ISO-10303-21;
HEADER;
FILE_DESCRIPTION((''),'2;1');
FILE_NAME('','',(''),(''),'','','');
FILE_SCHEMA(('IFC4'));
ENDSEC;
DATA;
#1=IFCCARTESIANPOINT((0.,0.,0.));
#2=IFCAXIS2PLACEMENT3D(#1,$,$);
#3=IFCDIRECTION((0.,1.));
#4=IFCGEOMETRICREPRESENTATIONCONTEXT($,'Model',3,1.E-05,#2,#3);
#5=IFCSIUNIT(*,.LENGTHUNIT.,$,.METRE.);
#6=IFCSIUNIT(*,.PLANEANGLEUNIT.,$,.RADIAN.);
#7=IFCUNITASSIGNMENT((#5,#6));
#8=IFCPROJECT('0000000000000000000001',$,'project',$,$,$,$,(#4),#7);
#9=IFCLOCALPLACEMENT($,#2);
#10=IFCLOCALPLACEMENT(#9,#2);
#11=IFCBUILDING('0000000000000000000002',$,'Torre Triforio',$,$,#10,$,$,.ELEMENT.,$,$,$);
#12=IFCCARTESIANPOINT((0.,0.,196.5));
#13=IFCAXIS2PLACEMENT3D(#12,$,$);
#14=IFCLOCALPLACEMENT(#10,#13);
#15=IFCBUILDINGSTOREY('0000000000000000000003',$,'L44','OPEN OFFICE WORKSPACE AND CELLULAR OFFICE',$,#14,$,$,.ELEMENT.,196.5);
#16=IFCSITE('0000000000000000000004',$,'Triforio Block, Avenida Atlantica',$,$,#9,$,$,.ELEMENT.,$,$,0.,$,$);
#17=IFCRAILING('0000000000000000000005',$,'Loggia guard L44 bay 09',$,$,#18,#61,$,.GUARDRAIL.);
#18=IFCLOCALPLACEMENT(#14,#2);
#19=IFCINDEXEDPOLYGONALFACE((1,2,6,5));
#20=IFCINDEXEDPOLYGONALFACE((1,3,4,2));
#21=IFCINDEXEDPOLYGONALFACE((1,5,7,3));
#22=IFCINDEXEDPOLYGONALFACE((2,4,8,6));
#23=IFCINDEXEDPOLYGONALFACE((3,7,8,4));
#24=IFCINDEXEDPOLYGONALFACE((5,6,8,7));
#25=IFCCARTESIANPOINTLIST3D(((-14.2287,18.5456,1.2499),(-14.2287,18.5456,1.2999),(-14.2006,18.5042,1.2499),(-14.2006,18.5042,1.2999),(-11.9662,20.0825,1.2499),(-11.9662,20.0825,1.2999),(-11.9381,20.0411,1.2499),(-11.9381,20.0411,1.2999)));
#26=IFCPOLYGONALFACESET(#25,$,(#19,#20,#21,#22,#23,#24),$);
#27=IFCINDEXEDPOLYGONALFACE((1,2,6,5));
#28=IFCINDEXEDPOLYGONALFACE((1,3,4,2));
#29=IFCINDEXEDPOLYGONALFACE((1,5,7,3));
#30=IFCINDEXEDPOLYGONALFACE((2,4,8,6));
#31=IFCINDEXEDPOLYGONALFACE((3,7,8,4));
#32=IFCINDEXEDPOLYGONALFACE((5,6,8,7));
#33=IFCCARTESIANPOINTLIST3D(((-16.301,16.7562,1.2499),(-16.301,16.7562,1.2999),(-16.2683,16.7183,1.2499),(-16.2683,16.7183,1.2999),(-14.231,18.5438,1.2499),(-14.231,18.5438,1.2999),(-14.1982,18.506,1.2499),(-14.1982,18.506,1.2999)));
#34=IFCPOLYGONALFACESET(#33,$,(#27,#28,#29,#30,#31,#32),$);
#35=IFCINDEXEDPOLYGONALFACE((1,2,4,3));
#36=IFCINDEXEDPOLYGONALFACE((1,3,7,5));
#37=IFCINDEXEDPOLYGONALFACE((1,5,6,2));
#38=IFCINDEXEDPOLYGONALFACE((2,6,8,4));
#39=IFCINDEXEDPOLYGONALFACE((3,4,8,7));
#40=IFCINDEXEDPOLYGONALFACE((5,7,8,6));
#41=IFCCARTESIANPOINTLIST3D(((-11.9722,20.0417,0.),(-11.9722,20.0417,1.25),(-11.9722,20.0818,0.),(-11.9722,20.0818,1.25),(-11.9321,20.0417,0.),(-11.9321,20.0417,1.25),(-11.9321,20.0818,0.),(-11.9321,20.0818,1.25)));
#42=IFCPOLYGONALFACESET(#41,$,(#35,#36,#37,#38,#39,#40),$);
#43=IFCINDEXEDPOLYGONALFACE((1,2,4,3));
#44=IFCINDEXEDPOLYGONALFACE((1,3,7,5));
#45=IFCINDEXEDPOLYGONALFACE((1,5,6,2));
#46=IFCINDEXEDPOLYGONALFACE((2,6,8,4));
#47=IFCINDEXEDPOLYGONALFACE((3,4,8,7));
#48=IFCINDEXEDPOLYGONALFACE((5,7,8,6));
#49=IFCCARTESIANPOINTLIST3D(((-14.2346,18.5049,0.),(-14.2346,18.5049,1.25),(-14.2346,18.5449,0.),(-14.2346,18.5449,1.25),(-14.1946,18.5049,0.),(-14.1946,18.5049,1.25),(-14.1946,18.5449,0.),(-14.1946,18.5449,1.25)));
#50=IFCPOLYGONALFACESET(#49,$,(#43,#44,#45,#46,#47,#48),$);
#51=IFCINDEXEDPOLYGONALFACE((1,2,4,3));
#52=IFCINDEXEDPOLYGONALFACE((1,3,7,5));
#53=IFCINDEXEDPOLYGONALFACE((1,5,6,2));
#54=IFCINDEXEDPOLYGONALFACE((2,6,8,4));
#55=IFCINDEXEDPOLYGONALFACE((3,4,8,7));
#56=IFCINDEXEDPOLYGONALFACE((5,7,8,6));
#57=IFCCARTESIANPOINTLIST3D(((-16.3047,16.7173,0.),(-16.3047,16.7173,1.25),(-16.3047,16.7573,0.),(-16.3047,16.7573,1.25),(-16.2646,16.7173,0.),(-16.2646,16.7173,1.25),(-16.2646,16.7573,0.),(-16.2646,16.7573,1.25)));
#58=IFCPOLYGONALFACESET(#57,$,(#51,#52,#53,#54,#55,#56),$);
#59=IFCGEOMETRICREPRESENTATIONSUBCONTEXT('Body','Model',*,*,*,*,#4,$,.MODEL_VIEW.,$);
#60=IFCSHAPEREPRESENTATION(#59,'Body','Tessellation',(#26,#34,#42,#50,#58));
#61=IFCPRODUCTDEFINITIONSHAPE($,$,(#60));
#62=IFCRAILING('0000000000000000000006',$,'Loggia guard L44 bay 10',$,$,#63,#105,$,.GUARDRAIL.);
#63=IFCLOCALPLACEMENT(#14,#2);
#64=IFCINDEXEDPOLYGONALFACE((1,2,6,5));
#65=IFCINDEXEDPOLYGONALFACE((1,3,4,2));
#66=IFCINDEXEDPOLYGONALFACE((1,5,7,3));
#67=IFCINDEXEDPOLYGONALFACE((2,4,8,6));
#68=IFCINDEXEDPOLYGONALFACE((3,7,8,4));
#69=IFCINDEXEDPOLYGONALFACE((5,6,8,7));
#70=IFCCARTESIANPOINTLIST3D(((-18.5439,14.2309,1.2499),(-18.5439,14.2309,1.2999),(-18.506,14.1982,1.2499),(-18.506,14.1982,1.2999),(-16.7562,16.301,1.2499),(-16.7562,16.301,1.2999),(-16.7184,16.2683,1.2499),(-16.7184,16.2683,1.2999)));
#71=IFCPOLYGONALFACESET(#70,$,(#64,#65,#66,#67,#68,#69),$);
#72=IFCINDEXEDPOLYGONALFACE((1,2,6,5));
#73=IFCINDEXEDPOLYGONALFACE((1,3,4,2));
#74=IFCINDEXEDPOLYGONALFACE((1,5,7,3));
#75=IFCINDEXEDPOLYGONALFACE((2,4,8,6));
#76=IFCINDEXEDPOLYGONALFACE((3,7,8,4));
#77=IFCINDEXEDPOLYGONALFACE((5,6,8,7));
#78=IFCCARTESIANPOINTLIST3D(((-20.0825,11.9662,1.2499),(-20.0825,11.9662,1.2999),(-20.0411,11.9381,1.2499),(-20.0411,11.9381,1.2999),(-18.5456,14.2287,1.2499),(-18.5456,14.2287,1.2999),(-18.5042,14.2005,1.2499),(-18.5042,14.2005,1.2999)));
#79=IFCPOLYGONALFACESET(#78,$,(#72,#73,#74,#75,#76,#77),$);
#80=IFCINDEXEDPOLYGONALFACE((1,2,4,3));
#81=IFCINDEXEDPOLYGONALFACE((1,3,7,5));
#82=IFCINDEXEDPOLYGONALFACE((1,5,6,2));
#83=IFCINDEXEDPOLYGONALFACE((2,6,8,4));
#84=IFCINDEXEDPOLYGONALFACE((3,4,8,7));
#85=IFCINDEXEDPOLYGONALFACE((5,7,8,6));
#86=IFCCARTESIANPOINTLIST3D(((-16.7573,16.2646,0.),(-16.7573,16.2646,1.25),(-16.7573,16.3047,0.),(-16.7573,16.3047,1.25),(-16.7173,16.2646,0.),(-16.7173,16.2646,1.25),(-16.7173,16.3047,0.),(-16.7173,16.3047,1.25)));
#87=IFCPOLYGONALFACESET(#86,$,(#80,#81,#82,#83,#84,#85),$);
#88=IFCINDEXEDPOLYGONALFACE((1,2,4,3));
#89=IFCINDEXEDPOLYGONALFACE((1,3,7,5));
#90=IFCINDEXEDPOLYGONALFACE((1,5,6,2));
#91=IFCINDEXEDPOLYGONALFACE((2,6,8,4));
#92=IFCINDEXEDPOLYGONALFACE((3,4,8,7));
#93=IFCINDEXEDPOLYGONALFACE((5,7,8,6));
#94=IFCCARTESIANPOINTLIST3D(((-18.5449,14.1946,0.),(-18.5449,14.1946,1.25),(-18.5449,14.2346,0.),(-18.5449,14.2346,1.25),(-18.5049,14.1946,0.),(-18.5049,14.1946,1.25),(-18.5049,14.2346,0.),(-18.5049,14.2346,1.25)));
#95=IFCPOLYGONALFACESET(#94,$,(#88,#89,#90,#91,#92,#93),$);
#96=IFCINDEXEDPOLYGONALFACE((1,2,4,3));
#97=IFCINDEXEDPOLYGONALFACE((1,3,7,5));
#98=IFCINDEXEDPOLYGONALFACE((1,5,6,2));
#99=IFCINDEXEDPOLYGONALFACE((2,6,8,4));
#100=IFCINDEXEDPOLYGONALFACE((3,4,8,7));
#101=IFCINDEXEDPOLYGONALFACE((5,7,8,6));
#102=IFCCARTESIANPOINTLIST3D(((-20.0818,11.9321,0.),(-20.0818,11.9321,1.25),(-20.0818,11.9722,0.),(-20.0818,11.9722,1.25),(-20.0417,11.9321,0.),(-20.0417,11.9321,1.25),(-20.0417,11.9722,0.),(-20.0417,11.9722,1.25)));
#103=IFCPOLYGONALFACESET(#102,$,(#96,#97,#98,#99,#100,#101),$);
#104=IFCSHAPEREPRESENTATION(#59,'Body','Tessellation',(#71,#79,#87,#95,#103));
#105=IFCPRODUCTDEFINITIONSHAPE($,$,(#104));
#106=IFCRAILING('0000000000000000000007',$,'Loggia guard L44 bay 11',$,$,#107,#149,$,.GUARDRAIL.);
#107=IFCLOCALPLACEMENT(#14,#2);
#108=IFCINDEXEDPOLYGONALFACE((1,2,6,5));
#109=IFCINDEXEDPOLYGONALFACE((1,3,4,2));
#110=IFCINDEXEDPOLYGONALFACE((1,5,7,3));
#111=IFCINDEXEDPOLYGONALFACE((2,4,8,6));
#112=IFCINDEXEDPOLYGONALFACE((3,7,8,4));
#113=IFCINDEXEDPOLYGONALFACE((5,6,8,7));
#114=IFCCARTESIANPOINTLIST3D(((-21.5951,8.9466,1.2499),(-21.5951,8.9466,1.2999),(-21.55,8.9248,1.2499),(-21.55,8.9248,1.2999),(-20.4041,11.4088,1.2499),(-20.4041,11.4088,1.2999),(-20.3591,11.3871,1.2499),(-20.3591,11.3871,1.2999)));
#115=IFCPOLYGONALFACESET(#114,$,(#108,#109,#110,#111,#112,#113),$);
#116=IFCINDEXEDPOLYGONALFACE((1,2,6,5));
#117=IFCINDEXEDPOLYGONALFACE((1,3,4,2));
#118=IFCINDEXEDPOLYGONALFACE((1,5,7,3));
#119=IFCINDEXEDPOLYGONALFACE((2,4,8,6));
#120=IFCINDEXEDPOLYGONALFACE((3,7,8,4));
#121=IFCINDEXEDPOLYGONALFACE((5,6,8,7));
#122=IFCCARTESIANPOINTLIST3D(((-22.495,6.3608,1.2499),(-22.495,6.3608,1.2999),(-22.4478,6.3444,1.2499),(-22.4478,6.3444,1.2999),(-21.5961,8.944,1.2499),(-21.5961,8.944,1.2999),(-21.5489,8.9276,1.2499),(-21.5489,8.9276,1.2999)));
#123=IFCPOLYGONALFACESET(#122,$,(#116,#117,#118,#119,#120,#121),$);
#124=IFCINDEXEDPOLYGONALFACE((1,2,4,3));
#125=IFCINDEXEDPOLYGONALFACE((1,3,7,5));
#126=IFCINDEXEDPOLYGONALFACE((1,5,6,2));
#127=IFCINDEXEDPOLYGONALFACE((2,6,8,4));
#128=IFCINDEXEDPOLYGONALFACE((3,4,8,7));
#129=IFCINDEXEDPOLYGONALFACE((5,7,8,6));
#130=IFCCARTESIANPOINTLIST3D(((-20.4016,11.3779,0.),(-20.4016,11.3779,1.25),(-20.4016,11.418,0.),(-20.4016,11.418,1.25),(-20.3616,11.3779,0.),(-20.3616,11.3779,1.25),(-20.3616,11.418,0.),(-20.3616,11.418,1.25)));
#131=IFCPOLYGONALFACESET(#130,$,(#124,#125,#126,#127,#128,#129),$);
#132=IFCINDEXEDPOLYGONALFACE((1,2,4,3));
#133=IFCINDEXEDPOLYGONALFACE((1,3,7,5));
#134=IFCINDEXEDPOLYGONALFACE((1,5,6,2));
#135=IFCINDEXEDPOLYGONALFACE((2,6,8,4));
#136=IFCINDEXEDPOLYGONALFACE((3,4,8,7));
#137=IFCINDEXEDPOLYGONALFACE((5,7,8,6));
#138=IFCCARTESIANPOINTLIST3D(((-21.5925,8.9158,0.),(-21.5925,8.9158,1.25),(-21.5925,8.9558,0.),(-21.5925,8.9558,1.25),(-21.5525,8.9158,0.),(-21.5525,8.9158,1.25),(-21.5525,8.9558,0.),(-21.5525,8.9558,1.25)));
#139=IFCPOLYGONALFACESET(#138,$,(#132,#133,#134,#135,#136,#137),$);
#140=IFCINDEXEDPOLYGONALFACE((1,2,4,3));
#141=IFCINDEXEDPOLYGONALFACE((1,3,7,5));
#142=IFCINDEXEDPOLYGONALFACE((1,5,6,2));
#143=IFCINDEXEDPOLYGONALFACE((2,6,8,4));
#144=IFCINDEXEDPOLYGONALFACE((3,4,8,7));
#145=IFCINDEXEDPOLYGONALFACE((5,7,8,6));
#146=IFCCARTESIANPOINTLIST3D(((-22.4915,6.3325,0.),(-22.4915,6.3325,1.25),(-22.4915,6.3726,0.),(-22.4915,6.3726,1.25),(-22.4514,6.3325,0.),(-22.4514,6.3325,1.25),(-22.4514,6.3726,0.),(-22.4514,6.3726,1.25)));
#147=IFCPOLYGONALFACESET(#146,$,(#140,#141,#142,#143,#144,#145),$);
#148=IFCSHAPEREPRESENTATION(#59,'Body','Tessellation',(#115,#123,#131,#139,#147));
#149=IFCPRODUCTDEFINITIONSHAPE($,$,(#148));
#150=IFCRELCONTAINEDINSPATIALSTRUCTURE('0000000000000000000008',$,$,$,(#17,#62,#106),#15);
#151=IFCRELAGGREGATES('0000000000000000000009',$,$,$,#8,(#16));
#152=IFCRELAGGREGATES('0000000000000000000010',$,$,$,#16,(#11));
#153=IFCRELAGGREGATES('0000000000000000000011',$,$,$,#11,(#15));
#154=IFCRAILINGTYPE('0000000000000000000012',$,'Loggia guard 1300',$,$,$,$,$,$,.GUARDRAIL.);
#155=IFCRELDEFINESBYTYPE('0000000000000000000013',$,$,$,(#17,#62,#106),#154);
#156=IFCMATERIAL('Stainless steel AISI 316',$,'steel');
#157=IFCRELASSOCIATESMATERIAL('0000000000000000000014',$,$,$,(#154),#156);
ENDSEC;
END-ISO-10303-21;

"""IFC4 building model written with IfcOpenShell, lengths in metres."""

from ifc_helpers import new_model, si_unit, direction, frame, origin, origin_2d, place, context, subcontext, project, spatial, rectangle, extrude, material, type_object, element, save


model = new_model("IFC4")

# Units and contexts
model_context = context("Model", 3, precision=1e-05, world=origin(), true_north=direction((0.0, 1.0)))
body_context = subcontext(model_context, "Body", "Model", "MODEL_VIEW")
ifc_project = project(units=[si_unit("LENGTHUNIT", "METRE"), si_unit("PLANEANGLEUNIT", "RADIAN")], contexts=[model_context])

# Site, building, storey
site_placement = place(None, origin())
site = spatial("IfcSite", under=ifc_project, at=site_placement, Name="Triforio Block, Avenida Atlantica", CompositionType="ELEMENT", RefElevation=0.0)
building_placement = place(site_placement, origin())
building = spatial("IfcBuilding", under=site, at=building_placement, Name="Torre Triforio", CompositionType="ELEMENT")
storey_placement = place(building_placement, frame((0.0, 0.0, 196.5)))
storey = spatial("IfcBuildingStorey", under=building, at=storey_placement, Name="L44", Description="OPEN OFFICE WORKSPACE AND CELLULAR OFFICE", CompositionType="ELEMENT", Elevation=196.5)

# Railings
ifc_material_1 = material(Name="Stainless steel AISI 316", Category="steel")
railing_type = type_object("IfcRailingType", Name="Loggia guard 1300", PredefinedType="GUARDRAIL", material=ifc_material_1)
railing_1_placement = place(storey_placement, frame((-11.9521, 20.0618, 0.0)))
element("IfcRailing", 1, at=railing_1_placement, inside=storey, type_object=railing_type, Name="Loggia guard L44 bay 09", PredefinedType="GUARDRAIL", context=body_context, shape_type="SweptSolid", body=[
    extrude(rectangle(XDim=0.05, YDim=0.05, at=origin_2d()), frame((0.0, 0.0, 1.2749), z_axis=(-0.827199, -0.56191, 0.0), x_axis=(0.56191, -0.827199, 0.0)), (0.0, 0.0, 1.0), 2.7351),
    extrude(rectangle(XDim=0.05, YDim=0.05, at=origin_2d()), frame((-2.2625, -1.5369, 1.2749), z_axis=(-0.756857, -0.65358, 0.0), x_axis=(0.65358, -0.756857, 0.0)), (0.0, 0.0, 1.0), 2.7351),
    extrude(rectangle(XDim=0.04, YDim=0.04, at=origin_2d()), origin(), (0.0, 0.0, 1.0), 1.25),
    extrude(rectangle(XDim=0.04, YDim=0.04, at=origin_2d()), frame((-2.2625, -1.5369, 0.0)), (0.0, 0.0, 1.0), 1.25),
    extrude(rectangle(XDim=0.04, YDim=0.04, at=origin_2d()), frame((-4.3325, -3.3245, 0.0)), (0.0, 0.0, 1.0), 1.25),
])
railing_2_placement = place(storey_placement, frame((-16.7373, 16.2847, 0.0)))
element("IfcRailing", 2, at=railing_2_placement, inside=storey, type_object=railing_type, Name="Loggia guard L44 bay 10", PredefinedType="GUARDRAIL", context=body_context, shape_type="SweptSolid", body=[
    extrude(rectangle(XDim=0.05, YDim=0.05, at=origin_2d()), frame((0.0, 0.0, 1.2749), z_axis=(-0.65358, -0.756857, 0.0), x_axis=(0.756857, -0.65358, 0.0)), (0.0, 0.0, 1.0), 2.7351),
    extrude(rectangle(XDim=0.05, YDim=0.05, at=origin_2d()), frame((-1.7876, -2.0701, 1.2749), z_axis=(-0.56191, -0.827199, 0.0), x_axis=(0.827199, -0.56191, 0.0)), (0.0, 0.0, 1.0), 2.7351),
    extrude(rectangle(XDim=0.04, YDim=0.04, at=origin_2d()), origin(), (0.0, 0.0, 1.0), 1.25),
    extrude(rectangle(XDim=0.04, YDim=0.04, at=origin_2d()), frame((-1.7876, -2.0701, 0.0)), (0.0, 0.0, 1.0), 1.25),
    extrude(rectangle(XDim=0.04, YDim=0.04, at=origin_2d()), frame((-3.3245, -4.3325, 0.0)), (0.0, 0.0, 1.0), 1.25),
])
railing_3_placement = place(storey_placement, frame((-20.3816, 11.3979, 0.0)))
element("IfcRailing", 3, at=railing_3_placement, inside=storey, type_object=railing_type, Name="Loggia guard L44 bay 11", PredefinedType="GUARDRAIL", context=body_context, shape_type="SweptSolid", body=[
    extrude(rectangle(XDim=0.05, YDim=0.05, at=origin_2d()), frame((0.0, 0.0, 1.2749), z_axis=(-0.435428, -0.900224, 0.0), x_axis=(0.900224, -0.435428, 0.0)), (0.0, 0.0, 1.0), 2.7351),
    extrude(rectangle(XDim=0.05, YDim=0.05, at=origin_2d()), frame((-1.1909, -2.4622, 1.2749), z_axis=(-0.328652, -0.944451, 0.0), x_axis=(0.944451, -0.328652, 0.0)), (0.0, 0.0, 1.0), 2.7351),
    extrude(rectangle(XDim=0.04, YDim=0.04, at=origin_2d()), origin(), (0.0, 0.0, 1.0), 1.25),
    extrude(rectangle(XDim=0.04, YDim=0.04, at=origin_2d()), frame((-1.1909, -2.4622, 0.0)), (0.0, 0.0, 1.0), 1.25),
    extrude(rectangle(XDim=0.04, YDim=0.04, at=origin_2d()), frame((-2.0898, -5.0454, 0.0)), (0.0, 0.0, 1.0), 1.25),
])

save(model, "model.ifc")
